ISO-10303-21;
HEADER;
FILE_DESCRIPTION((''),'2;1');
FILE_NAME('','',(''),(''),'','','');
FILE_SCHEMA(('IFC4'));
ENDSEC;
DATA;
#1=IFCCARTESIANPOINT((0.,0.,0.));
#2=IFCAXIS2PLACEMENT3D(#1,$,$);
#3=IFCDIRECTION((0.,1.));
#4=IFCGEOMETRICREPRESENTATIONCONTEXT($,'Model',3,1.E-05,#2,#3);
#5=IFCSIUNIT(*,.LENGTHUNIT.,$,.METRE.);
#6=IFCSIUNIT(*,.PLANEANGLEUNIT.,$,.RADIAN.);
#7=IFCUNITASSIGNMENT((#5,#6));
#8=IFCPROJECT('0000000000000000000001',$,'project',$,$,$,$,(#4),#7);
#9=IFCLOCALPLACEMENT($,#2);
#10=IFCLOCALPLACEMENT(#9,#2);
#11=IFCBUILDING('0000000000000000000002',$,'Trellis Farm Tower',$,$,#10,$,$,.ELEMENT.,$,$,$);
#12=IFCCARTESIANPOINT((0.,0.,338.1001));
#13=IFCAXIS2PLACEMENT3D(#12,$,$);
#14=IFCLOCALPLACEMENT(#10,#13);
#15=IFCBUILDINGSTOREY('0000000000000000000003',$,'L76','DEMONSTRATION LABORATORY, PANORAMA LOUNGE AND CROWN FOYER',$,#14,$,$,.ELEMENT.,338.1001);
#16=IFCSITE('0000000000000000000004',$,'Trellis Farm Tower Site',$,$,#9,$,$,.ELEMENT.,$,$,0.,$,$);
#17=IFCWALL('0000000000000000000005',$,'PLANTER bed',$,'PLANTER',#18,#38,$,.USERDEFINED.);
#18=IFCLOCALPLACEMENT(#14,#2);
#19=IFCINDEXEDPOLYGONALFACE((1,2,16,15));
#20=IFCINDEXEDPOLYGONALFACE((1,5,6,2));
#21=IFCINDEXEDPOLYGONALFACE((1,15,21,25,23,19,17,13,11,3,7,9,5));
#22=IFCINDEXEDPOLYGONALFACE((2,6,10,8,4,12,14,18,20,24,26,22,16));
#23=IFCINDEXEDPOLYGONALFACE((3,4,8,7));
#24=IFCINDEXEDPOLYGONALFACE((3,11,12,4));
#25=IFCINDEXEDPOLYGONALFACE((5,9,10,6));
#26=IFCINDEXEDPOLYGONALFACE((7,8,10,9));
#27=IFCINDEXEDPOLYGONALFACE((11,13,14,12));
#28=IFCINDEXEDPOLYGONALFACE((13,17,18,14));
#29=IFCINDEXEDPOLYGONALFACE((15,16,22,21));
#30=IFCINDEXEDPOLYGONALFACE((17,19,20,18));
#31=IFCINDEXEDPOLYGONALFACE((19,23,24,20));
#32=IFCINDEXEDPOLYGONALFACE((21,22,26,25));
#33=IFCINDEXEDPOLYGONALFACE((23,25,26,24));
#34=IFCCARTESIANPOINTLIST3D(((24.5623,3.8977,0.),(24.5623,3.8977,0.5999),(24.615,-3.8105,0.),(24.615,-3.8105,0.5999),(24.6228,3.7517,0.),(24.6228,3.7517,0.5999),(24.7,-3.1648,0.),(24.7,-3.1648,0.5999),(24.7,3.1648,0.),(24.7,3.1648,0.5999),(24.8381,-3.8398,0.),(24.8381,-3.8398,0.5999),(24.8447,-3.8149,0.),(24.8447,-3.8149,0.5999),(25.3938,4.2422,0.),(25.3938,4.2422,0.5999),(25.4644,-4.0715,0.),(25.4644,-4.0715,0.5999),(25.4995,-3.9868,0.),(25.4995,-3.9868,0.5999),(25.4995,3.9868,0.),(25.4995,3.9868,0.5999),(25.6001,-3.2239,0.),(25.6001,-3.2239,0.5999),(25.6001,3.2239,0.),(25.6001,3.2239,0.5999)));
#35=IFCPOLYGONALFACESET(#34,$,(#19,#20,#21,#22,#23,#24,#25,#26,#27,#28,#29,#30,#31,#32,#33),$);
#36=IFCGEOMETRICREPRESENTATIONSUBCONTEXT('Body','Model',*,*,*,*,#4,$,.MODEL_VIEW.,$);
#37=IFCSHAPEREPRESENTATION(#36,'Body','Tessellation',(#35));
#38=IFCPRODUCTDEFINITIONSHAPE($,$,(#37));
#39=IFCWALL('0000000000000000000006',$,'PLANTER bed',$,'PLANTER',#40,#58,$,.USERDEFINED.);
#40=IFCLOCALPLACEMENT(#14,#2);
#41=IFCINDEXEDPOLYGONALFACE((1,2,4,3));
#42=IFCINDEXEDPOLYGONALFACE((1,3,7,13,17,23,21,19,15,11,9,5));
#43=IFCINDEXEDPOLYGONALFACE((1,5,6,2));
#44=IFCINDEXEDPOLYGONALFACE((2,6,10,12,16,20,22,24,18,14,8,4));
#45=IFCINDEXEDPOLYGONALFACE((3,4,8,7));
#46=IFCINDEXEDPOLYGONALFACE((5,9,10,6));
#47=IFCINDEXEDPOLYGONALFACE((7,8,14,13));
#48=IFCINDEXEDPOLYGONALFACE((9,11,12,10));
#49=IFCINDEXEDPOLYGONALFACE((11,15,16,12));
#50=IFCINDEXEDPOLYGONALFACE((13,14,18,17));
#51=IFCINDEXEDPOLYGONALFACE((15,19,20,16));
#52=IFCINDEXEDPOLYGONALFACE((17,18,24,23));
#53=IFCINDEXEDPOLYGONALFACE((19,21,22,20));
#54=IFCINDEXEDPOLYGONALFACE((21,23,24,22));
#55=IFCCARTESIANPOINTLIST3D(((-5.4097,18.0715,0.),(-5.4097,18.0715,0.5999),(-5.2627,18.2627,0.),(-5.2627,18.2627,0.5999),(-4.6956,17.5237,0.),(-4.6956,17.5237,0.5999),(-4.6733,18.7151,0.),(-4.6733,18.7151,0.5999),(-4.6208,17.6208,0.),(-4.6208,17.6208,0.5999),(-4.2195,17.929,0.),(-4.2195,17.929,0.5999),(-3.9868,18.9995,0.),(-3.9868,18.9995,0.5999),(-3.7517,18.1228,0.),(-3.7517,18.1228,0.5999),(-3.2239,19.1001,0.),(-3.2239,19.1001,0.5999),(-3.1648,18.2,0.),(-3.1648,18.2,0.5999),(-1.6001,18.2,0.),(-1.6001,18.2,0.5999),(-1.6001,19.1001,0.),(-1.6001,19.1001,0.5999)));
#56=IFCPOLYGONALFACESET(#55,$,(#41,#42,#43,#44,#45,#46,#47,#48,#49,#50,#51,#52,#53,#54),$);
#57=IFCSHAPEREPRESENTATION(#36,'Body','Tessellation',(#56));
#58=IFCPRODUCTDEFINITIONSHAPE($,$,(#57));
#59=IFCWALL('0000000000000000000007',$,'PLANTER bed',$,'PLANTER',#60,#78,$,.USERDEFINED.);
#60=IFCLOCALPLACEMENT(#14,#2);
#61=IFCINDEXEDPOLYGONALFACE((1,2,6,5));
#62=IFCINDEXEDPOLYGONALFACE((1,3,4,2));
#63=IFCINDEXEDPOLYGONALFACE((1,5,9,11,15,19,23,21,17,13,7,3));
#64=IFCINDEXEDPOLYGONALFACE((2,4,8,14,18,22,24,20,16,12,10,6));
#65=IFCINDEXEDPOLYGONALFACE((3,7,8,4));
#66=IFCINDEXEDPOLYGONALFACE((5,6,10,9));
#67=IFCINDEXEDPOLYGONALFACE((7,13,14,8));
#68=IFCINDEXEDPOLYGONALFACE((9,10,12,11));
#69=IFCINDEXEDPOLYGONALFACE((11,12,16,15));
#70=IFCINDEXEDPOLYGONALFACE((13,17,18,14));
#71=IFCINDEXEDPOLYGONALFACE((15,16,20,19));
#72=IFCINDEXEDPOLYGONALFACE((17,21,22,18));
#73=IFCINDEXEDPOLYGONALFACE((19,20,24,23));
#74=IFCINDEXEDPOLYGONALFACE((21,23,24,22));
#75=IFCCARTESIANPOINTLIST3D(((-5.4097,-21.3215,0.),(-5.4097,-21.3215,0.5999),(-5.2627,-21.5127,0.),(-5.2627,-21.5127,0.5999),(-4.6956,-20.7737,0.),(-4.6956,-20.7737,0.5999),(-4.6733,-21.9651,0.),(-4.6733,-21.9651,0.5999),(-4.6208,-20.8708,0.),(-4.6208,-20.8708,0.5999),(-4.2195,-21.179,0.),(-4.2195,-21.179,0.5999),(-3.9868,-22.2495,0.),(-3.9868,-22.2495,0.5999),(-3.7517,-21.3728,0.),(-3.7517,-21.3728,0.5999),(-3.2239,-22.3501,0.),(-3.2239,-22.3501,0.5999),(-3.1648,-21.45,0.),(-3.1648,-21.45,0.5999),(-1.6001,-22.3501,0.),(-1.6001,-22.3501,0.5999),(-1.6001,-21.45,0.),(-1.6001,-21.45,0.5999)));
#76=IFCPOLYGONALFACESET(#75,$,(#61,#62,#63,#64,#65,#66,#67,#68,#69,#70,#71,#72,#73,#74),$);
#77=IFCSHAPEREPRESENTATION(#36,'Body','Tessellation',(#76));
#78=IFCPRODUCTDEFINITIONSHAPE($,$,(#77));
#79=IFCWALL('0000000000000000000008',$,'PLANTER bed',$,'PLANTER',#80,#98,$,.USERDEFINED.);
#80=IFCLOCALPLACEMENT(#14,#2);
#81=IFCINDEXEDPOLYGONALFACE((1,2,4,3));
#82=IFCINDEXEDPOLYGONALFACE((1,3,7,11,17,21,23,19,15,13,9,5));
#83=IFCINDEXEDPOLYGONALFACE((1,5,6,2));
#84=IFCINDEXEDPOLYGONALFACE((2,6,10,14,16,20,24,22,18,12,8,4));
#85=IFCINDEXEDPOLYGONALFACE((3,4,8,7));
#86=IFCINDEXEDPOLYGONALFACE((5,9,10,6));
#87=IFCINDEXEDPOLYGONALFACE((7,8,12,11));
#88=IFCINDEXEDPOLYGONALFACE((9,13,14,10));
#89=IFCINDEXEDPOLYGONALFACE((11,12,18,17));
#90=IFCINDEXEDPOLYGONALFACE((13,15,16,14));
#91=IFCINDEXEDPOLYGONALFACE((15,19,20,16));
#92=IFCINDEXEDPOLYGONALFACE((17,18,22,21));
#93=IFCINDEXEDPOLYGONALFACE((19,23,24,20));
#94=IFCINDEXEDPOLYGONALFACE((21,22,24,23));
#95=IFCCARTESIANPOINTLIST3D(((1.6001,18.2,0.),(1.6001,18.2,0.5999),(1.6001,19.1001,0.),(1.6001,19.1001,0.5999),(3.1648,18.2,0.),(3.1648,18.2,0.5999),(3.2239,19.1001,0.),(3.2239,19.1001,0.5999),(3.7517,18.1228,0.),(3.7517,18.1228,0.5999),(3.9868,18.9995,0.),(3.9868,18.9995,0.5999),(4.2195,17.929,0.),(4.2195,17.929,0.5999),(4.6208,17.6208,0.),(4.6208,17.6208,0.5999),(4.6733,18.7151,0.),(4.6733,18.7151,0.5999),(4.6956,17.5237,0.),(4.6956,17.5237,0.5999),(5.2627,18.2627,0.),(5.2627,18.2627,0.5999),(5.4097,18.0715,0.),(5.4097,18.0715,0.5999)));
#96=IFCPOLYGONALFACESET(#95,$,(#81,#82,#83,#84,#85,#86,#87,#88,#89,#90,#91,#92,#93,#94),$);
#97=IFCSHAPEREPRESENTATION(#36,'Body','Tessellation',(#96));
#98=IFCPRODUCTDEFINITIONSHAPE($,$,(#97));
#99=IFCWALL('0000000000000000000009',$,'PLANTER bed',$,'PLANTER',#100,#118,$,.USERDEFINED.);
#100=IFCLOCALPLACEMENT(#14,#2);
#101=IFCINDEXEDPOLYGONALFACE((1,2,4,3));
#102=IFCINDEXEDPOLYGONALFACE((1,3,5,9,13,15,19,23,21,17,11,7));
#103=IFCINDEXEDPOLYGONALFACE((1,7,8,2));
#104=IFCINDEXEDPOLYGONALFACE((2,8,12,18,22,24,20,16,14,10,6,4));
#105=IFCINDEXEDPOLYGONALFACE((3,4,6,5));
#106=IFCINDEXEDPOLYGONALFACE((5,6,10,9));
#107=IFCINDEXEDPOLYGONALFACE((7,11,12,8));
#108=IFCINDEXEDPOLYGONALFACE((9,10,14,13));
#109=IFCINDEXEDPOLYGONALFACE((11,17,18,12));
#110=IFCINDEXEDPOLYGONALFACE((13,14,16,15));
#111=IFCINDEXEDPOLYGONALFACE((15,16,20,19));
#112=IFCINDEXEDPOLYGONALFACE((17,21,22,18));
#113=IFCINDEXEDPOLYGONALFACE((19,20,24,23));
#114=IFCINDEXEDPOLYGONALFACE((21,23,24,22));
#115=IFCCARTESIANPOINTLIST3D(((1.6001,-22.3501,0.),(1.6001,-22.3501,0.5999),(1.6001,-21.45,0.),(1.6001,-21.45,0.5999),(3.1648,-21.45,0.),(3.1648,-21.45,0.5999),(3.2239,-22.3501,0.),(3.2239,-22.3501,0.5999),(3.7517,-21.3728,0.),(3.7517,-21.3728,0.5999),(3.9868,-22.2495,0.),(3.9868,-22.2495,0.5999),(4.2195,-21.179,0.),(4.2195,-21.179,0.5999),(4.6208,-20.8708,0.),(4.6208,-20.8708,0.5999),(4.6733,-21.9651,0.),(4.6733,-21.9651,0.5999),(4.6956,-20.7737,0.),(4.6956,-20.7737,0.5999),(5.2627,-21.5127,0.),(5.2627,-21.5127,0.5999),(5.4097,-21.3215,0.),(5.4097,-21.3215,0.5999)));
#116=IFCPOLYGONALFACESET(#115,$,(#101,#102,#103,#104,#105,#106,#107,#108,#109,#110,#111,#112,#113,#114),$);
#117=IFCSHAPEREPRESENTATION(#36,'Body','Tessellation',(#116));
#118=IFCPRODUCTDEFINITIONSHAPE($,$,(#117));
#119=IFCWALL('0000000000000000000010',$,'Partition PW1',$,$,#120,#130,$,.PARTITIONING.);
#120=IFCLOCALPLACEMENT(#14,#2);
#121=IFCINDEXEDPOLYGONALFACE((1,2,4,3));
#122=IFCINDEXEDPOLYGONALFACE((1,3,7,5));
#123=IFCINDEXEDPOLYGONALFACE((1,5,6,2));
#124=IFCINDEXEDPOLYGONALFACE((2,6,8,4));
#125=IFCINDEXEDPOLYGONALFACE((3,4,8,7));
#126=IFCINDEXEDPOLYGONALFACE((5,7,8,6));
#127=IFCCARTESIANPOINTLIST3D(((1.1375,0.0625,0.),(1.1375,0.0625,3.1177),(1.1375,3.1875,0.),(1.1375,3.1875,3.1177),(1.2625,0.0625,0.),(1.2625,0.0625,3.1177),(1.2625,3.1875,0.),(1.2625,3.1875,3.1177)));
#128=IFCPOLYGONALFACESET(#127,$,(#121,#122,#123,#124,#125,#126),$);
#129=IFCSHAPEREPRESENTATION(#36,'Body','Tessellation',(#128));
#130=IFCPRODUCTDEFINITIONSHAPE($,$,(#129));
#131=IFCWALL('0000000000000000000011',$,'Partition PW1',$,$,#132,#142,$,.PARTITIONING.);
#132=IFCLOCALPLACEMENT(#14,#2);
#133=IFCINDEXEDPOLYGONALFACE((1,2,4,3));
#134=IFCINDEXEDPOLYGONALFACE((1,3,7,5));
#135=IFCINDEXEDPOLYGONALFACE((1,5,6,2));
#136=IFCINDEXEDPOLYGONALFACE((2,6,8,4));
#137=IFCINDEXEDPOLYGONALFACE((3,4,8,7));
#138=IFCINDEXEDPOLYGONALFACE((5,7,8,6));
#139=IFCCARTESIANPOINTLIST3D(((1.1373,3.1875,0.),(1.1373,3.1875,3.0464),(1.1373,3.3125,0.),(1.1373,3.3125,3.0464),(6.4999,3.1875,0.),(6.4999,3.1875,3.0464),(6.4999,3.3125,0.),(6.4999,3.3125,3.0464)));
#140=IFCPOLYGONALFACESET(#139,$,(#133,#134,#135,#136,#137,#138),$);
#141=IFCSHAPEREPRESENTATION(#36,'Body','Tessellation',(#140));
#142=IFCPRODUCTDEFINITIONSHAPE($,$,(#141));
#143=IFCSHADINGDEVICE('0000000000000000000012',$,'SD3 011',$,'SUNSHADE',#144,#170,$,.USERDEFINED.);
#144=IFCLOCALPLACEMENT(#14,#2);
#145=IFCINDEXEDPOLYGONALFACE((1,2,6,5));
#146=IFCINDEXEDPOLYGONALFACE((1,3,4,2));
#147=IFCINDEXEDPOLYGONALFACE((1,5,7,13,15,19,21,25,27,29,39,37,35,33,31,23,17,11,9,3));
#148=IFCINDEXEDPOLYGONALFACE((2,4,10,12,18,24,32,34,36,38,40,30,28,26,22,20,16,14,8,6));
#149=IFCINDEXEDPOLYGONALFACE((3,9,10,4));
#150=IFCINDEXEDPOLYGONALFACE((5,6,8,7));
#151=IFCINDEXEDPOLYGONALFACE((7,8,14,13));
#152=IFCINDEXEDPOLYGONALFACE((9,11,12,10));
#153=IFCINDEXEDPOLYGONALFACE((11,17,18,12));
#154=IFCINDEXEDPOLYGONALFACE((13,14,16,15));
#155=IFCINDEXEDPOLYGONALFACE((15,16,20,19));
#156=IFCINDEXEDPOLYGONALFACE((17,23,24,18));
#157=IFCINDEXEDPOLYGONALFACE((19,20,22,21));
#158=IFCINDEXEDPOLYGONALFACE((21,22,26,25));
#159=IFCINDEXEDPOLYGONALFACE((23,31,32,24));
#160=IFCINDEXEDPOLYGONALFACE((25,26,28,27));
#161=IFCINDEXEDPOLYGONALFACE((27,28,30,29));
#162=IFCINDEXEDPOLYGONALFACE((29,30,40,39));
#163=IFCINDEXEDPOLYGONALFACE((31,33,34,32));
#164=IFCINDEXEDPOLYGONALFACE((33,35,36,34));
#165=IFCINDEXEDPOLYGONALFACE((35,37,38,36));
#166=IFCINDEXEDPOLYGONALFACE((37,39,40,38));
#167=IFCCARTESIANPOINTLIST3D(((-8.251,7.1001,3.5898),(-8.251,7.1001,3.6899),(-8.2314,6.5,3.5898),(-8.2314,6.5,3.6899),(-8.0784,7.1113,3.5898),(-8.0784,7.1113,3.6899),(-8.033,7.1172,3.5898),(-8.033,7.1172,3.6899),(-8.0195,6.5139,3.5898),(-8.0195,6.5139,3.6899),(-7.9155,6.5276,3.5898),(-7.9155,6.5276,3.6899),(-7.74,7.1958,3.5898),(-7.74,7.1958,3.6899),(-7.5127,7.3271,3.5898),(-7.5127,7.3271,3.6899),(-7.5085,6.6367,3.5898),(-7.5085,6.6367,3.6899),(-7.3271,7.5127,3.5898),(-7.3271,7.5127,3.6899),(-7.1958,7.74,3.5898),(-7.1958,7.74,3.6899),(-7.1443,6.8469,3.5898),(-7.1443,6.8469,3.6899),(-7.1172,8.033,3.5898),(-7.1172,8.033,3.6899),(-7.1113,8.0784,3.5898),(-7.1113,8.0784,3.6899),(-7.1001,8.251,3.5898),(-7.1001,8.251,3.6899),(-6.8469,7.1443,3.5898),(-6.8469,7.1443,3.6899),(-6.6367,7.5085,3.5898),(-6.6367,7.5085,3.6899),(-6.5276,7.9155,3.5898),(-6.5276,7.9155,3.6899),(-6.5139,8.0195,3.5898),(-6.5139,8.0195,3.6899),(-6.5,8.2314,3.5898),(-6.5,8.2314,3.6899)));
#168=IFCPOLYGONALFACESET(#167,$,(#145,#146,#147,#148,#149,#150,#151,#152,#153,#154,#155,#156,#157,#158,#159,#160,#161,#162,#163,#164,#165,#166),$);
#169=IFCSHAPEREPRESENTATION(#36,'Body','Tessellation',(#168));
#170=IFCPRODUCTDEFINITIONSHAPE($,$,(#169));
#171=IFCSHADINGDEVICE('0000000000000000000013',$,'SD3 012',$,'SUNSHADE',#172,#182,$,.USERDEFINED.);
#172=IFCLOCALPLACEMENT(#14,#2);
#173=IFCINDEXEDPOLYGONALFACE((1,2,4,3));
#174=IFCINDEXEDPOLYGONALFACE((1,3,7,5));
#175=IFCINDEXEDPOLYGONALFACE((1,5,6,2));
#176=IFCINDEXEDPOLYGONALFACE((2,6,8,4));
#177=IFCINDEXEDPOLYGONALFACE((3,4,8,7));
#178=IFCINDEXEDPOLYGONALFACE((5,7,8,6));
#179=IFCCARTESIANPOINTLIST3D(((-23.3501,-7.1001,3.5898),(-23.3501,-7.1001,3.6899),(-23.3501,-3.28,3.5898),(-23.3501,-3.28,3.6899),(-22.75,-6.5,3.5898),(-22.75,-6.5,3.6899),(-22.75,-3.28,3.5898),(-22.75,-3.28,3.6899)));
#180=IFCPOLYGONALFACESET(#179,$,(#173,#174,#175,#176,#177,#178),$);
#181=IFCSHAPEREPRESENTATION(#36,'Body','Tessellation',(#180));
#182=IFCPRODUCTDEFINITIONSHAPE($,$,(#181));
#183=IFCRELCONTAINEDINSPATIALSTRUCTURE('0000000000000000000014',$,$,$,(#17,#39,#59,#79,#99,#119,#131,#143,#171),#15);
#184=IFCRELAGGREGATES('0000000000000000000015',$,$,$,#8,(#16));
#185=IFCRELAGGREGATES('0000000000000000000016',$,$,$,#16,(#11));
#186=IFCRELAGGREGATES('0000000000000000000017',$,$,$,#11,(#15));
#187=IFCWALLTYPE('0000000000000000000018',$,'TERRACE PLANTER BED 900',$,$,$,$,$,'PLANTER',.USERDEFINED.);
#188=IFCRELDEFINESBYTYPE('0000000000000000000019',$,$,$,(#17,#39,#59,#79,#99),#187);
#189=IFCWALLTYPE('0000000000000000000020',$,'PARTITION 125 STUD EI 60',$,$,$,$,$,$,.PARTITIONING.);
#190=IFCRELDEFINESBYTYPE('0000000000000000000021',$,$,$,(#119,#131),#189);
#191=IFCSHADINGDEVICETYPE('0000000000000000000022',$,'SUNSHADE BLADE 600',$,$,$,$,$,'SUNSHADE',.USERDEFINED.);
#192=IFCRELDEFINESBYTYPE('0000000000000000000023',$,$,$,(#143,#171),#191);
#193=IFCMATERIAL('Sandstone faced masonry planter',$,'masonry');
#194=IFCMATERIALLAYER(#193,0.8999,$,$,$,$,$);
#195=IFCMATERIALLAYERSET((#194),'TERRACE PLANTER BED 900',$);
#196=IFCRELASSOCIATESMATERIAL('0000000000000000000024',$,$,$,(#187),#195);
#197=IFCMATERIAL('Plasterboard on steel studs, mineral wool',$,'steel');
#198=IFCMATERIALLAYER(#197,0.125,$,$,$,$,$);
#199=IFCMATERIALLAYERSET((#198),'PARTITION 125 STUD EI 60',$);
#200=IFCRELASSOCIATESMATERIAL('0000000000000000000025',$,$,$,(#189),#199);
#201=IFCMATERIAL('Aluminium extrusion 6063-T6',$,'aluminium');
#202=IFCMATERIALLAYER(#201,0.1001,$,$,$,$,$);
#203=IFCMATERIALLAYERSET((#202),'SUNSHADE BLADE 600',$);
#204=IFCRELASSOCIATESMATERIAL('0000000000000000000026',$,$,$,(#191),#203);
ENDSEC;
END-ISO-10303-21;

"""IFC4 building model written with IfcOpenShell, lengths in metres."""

from ifc_helpers import new_model, si_unit, direction, frame, frame_2d, origin, place, context, subcontext, project, spatial, polyline, rectangle, outline, extrude, source, transform, mapped, material, layer, layer_set, type_object, element, save


model = new_model("IFC4")

# Units and contexts
model_context = context("Model", 3, precision=1e-05, world=origin(), true_north=direction((0.0, 1.0)))
body_context = subcontext(model_context, "Body", "Model", "MODEL_VIEW")
ifc_project = project(units=[si_unit("LENGTHUNIT", "METRE"), si_unit("PLANEANGLEUNIT", "RADIAN")], contexts=[model_context])

# Site, building, storey
site_placement = place(None, origin())
site = spatial("IfcSite", under=ifc_project, at=site_placement, Name="Trellis Farm Tower Site", CompositionType="ELEMENT", RefElevation=0.0)
building_placement = place(site_placement, origin())
building = spatial("IfcBuilding", under=site, at=building_placement, Name="Trellis Farm Tower", CompositionType="ELEMENT")
storey_placement = place(building_placement, frame((0.0, 0.0, 338.1001)))
storey = spatial("IfcBuildingStorey", under=building, at=storey_placement, Name="L76", Description="DEMONSTRATION LABORATORY, PANORAMA LOUNGE AND CROWN FOYER", CompositionType="ELEMENT", Elevation=338.1001)

# Shared definitions
placement_1 = place(storey_placement, origin())
ifc_material_1 = material(Name="Aluminium extrusion 6063-T6", Category="aluminium")

# Walls
ifc_material_2 = material(Name="Sandstone faced masonry planter", Category="masonry")
ifc_layer_1 = layer(ifc_material_2, 0.8999)
ifc_layer_set_1 = layer_set([ifc_layer_1], Name="TERRACE PLANTER BED 900")
wall_type_1 = type_object("IfcWallType", Name="TERRACE PLANTER BED 900", ElementType="PLANTER", PredefinedType="USERDEFINED", material=ifc_layer_set_1)
element("IfcWall", 1, at=placement_1, inside=storey, type_object=wall_type_1, Name="PLANTER bed", ObjectType="PLANTER", PredefinedType="USERDEFINED", context=body_context, shape_type="SweptSolid", body=[
    extrude(outline(polyline([(24.8381, -3.8398), (24.615, -3.8105), (24.7, -3.1648), (24.7, 3.1648), (24.6228, 3.7517), (24.5623, 3.8977), (25.3938, 4.2422), (25.4995, 3.9868), (25.6001, 3.2239), (25.6001, -3.2239), (25.4995, -3.9868), (25.4644, -4.0715), (24.8447, -3.8149), (24.8381, -3.8398)])), origin(), (0.0, 0.0, 1.0), 0.5999),
])
element("IfcWall", 2, at=placement_1, inside=storey, type_object=wall_type_1, Name="PLANTER bed", ObjectType="PLANTER", PredefinedType="USERDEFINED", context=body_context, shape_type="SweptSolid", body=[
    extrude(outline(polyline([(-4.6733, 18.7151), (-3.9868, 18.9995), (-3.2239, 19.1001), (-1.6001, 19.1001), (-1.6001, 18.2), (-3.1648, 18.2), (-3.7517, 18.1228), (-4.2195, 17.929), (-4.6208, 17.6208), (-4.6956, 17.5237), (-5.4097, 18.0715), (-5.2627, 18.2627), (-4.6733, 18.7151)])), origin(), (0.0, 0.0, 1.0), 0.5999),
])
element("IfcWall", 3, at=placement_1, inside=storey, type_object=wall_type_1, Name="PLANTER bed", ObjectType="PLANTER", PredefinedType="USERDEFINED", context=body_context, shape_type="SweptSolid", body=[
    extrude(outline(polyline([(-3.9868, -22.2495), (-4.6733, -21.9651), (-5.2627, -21.5127), (-5.4097, -21.3215), (-4.6956, -20.7737), (-4.6208, -20.8708), (-4.2195, -21.179), (-3.7517, -21.3728), (-3.1648, -21.45), (-1.6001, -21.45), (-1.6001, -22.3501), (-3.2239, -22.3501), (-3.9868, -22.2495)])), origin(), (0.0, 0.0, 1.0), 0.5999),
])
element("IfcWall", 4, at=placement_1, inside=storey, type_object=wall_type_1, Name="PLANTER bed", ObjectType="PLANTER", PredefinedType="USERDEFINED", context=body_context, shape_type="SweptSolid", body=[
    extrude(outline(polyline([(3.9868, 18.9995), (4.6733, 18.7151), (5.2627, 18.2627), (5.4097, 18.0715), (4.6956, 17.5237), (4.6208, 17.6208), (4.2195, 17.929), (3.7517, 18.1228), (3.1648, 18.2), (1.6001, 18.2), (1.6001, 19.1001), (3.2239, 19.1001), (3.9868, 18.9995)])), origin(), (0.0, 0.0, 1.0), 0.5999),
])
element("IfcWall", 5, at=placement_1, inside=storey, type_object=wall_type_1, Name="PLANTER bed", ObjectType="PLANTER", PredefinedType="USERDEFINED", context=body_context, shape_type="SweptSolid", body=[
    extrude(outline(polyline([(4.6733, -21.9651), (3.9868, -22.2495), (3.2239, -22.3501), (1.6001, -22.3501), (1.6001, -21.45), (3.1648, -21.45), (3.7517, -21.3728), (4.2195, -21.179), (4.6208, -20.8708), (4.6956, -20.7737), (5.4097, -21.3215), (5.2627, -21.5127), (4.6733, -21.9651)])), origin(), (0.0, 0.0, 1.0), 0.5999),
])

# Walls
ifc_material_3 = material(Name="Plasterboard on steel studs, mineral wool", Category="steel")
ifc_layer_2 = layer(ifc_material_3, 0.125)
ifc_layer_set_2 = layer_set([ifc_layer_2], Name="PARTITION 125 STUD EI 60")
wall_type_2 = type_object("IfcWallType", Name="PARTITION 125 STUD EI 60", PredefinedType="PARTITIONING", material=ifc_layer_set_2)
shared_shape_1 = source(origin(), body_context, "Body", "SweptSolid", [
    extrude(rectangle(XDim=3.125, YDim=0.125, at=frame_2d((1.5625, 0.0))), origin(), (0.0, 0.0, 1.0), 3.1177),
])
wall_1_placement = place(storey_placement, frame((1.2, 3.1875, 0.0), z_axis=(0.0, 0.0, 1.0), x_axis=(0.0, -1.0, 0.0)))
element("IfcWall", 6, at=wall_1_placement, inside=storey, type_object=wall_type_2, Name="Partition PW1", PredefinedType="PARTITIONING", context=body_context, shape_type="MappedRepresentation", body=[
    mapped(shared_shape_1, transform((0.0, 0.0, 0.0))),
])
shared_shape_2 = source(origin(), body_context, "Body", "SweptSolid", [
    extrude(rectangle(XDim=5.3625, YDim=0.125, at=frame_2d((2.6812, 0.0))), origin(), (0.0, 0.0, 1.0), 3.0464),
])
wall_2_placement = place(storey_placement, frame((1.1375, 3.25, 0.0), z_axis=(0.0, 0.0, 1.0), x_axis=(1.0, 0.0, 0.0)))
element("IfcWall", 7, at=wall_2_placement, inside=storey, type_object=wall_type_2, Name="Partition PW1", PredefinedType="PARTITIONING", context=body_context, shape_type="MappedRepresentation", body=[
    mapped(shared_shape_2, transform((0.0, 0.0, 0.0))),
])

# Shading devices
ifc_layer_3 = layer(ifc_material_1, 0.1001)
ifc_layer_set_3 = layer_set([ifc_layer_3], Name="SUNSHADE BLADE 600")
shading_device_type = type_object("IfcShadingDeviceType", Name="SUNSHADE BLADE 600", ElementType="SUNSHADE", PredefinedType="USERDEFINED", material=ifc_layer_set_3)
shared_shape_3 = source(origin(), body_context, "Body", "SweptSolid", [
    extrude(outline(polyline([(-7.1001, 8.251), (-7.1113, 8.0784), (-7.1172, 8.033), (-7.1958, 7.74), (-7.3271, 7.5127), (-7.5127, 7.3271), (-7.74, 7.1958), (-8.033, 7.1172), (-8.0784, 7.1113), (-8.251, 7.1001), (-8.2314, 6.5), (-8.0195, 6.5139), (-7.9155, 6.5276), (-7.5085, 6.6367), (-7.1443, 6.8469), (-6.8469, 7.1443), (-6.6367, 7.5085), (-6.5276, 7.9155), (-6.5139, 8.0195), (-6.5, 8.2314), (-7.1001, 8.251)])), origin(), (0.0, 0.0, 1.0), 0.1001),
])
placement_2 = place(storey_placement, frame((0.0, 0.0, 3.5898)))
element("IfcShadingDevice", 8, at=placement_2, inside=storey, type_object=shading_device_type, Name="SD3 011", ObjectType="SUNSHADE", PredefinedType="USERDEFINED", context=body_context, shape_type="MappedRepresentation", body=[
    mapped(shared_shape_3, transform((0.0, 0.0, 0.0))),
])
shared_shape_4 = source(origin(), body_context, "Body", "SweptSolid", [
    extrude(outline(polyline([(-23.3501, -3.28), (-23.3501, -7.1001), (-22.75, -6.5), (-22.75, -3.28), (-23.3501, -3.28)])), origin(), (0.0, 0.0, 1.0), 0.1001),
])
element("IfcShadingDevice", 9, at=placement_2, inside=storey, type_object=shading_device_type, Name="SD3 012", ObjectType="SUNSHADE", PredefinedType="USERDEFINED", context=body_context, shape_type="MappedRepresentation", body=[
    mapped(shared_shape_4, transform((0.0, 0.0, 0.0))),
])

save(model, "model.ifc")
